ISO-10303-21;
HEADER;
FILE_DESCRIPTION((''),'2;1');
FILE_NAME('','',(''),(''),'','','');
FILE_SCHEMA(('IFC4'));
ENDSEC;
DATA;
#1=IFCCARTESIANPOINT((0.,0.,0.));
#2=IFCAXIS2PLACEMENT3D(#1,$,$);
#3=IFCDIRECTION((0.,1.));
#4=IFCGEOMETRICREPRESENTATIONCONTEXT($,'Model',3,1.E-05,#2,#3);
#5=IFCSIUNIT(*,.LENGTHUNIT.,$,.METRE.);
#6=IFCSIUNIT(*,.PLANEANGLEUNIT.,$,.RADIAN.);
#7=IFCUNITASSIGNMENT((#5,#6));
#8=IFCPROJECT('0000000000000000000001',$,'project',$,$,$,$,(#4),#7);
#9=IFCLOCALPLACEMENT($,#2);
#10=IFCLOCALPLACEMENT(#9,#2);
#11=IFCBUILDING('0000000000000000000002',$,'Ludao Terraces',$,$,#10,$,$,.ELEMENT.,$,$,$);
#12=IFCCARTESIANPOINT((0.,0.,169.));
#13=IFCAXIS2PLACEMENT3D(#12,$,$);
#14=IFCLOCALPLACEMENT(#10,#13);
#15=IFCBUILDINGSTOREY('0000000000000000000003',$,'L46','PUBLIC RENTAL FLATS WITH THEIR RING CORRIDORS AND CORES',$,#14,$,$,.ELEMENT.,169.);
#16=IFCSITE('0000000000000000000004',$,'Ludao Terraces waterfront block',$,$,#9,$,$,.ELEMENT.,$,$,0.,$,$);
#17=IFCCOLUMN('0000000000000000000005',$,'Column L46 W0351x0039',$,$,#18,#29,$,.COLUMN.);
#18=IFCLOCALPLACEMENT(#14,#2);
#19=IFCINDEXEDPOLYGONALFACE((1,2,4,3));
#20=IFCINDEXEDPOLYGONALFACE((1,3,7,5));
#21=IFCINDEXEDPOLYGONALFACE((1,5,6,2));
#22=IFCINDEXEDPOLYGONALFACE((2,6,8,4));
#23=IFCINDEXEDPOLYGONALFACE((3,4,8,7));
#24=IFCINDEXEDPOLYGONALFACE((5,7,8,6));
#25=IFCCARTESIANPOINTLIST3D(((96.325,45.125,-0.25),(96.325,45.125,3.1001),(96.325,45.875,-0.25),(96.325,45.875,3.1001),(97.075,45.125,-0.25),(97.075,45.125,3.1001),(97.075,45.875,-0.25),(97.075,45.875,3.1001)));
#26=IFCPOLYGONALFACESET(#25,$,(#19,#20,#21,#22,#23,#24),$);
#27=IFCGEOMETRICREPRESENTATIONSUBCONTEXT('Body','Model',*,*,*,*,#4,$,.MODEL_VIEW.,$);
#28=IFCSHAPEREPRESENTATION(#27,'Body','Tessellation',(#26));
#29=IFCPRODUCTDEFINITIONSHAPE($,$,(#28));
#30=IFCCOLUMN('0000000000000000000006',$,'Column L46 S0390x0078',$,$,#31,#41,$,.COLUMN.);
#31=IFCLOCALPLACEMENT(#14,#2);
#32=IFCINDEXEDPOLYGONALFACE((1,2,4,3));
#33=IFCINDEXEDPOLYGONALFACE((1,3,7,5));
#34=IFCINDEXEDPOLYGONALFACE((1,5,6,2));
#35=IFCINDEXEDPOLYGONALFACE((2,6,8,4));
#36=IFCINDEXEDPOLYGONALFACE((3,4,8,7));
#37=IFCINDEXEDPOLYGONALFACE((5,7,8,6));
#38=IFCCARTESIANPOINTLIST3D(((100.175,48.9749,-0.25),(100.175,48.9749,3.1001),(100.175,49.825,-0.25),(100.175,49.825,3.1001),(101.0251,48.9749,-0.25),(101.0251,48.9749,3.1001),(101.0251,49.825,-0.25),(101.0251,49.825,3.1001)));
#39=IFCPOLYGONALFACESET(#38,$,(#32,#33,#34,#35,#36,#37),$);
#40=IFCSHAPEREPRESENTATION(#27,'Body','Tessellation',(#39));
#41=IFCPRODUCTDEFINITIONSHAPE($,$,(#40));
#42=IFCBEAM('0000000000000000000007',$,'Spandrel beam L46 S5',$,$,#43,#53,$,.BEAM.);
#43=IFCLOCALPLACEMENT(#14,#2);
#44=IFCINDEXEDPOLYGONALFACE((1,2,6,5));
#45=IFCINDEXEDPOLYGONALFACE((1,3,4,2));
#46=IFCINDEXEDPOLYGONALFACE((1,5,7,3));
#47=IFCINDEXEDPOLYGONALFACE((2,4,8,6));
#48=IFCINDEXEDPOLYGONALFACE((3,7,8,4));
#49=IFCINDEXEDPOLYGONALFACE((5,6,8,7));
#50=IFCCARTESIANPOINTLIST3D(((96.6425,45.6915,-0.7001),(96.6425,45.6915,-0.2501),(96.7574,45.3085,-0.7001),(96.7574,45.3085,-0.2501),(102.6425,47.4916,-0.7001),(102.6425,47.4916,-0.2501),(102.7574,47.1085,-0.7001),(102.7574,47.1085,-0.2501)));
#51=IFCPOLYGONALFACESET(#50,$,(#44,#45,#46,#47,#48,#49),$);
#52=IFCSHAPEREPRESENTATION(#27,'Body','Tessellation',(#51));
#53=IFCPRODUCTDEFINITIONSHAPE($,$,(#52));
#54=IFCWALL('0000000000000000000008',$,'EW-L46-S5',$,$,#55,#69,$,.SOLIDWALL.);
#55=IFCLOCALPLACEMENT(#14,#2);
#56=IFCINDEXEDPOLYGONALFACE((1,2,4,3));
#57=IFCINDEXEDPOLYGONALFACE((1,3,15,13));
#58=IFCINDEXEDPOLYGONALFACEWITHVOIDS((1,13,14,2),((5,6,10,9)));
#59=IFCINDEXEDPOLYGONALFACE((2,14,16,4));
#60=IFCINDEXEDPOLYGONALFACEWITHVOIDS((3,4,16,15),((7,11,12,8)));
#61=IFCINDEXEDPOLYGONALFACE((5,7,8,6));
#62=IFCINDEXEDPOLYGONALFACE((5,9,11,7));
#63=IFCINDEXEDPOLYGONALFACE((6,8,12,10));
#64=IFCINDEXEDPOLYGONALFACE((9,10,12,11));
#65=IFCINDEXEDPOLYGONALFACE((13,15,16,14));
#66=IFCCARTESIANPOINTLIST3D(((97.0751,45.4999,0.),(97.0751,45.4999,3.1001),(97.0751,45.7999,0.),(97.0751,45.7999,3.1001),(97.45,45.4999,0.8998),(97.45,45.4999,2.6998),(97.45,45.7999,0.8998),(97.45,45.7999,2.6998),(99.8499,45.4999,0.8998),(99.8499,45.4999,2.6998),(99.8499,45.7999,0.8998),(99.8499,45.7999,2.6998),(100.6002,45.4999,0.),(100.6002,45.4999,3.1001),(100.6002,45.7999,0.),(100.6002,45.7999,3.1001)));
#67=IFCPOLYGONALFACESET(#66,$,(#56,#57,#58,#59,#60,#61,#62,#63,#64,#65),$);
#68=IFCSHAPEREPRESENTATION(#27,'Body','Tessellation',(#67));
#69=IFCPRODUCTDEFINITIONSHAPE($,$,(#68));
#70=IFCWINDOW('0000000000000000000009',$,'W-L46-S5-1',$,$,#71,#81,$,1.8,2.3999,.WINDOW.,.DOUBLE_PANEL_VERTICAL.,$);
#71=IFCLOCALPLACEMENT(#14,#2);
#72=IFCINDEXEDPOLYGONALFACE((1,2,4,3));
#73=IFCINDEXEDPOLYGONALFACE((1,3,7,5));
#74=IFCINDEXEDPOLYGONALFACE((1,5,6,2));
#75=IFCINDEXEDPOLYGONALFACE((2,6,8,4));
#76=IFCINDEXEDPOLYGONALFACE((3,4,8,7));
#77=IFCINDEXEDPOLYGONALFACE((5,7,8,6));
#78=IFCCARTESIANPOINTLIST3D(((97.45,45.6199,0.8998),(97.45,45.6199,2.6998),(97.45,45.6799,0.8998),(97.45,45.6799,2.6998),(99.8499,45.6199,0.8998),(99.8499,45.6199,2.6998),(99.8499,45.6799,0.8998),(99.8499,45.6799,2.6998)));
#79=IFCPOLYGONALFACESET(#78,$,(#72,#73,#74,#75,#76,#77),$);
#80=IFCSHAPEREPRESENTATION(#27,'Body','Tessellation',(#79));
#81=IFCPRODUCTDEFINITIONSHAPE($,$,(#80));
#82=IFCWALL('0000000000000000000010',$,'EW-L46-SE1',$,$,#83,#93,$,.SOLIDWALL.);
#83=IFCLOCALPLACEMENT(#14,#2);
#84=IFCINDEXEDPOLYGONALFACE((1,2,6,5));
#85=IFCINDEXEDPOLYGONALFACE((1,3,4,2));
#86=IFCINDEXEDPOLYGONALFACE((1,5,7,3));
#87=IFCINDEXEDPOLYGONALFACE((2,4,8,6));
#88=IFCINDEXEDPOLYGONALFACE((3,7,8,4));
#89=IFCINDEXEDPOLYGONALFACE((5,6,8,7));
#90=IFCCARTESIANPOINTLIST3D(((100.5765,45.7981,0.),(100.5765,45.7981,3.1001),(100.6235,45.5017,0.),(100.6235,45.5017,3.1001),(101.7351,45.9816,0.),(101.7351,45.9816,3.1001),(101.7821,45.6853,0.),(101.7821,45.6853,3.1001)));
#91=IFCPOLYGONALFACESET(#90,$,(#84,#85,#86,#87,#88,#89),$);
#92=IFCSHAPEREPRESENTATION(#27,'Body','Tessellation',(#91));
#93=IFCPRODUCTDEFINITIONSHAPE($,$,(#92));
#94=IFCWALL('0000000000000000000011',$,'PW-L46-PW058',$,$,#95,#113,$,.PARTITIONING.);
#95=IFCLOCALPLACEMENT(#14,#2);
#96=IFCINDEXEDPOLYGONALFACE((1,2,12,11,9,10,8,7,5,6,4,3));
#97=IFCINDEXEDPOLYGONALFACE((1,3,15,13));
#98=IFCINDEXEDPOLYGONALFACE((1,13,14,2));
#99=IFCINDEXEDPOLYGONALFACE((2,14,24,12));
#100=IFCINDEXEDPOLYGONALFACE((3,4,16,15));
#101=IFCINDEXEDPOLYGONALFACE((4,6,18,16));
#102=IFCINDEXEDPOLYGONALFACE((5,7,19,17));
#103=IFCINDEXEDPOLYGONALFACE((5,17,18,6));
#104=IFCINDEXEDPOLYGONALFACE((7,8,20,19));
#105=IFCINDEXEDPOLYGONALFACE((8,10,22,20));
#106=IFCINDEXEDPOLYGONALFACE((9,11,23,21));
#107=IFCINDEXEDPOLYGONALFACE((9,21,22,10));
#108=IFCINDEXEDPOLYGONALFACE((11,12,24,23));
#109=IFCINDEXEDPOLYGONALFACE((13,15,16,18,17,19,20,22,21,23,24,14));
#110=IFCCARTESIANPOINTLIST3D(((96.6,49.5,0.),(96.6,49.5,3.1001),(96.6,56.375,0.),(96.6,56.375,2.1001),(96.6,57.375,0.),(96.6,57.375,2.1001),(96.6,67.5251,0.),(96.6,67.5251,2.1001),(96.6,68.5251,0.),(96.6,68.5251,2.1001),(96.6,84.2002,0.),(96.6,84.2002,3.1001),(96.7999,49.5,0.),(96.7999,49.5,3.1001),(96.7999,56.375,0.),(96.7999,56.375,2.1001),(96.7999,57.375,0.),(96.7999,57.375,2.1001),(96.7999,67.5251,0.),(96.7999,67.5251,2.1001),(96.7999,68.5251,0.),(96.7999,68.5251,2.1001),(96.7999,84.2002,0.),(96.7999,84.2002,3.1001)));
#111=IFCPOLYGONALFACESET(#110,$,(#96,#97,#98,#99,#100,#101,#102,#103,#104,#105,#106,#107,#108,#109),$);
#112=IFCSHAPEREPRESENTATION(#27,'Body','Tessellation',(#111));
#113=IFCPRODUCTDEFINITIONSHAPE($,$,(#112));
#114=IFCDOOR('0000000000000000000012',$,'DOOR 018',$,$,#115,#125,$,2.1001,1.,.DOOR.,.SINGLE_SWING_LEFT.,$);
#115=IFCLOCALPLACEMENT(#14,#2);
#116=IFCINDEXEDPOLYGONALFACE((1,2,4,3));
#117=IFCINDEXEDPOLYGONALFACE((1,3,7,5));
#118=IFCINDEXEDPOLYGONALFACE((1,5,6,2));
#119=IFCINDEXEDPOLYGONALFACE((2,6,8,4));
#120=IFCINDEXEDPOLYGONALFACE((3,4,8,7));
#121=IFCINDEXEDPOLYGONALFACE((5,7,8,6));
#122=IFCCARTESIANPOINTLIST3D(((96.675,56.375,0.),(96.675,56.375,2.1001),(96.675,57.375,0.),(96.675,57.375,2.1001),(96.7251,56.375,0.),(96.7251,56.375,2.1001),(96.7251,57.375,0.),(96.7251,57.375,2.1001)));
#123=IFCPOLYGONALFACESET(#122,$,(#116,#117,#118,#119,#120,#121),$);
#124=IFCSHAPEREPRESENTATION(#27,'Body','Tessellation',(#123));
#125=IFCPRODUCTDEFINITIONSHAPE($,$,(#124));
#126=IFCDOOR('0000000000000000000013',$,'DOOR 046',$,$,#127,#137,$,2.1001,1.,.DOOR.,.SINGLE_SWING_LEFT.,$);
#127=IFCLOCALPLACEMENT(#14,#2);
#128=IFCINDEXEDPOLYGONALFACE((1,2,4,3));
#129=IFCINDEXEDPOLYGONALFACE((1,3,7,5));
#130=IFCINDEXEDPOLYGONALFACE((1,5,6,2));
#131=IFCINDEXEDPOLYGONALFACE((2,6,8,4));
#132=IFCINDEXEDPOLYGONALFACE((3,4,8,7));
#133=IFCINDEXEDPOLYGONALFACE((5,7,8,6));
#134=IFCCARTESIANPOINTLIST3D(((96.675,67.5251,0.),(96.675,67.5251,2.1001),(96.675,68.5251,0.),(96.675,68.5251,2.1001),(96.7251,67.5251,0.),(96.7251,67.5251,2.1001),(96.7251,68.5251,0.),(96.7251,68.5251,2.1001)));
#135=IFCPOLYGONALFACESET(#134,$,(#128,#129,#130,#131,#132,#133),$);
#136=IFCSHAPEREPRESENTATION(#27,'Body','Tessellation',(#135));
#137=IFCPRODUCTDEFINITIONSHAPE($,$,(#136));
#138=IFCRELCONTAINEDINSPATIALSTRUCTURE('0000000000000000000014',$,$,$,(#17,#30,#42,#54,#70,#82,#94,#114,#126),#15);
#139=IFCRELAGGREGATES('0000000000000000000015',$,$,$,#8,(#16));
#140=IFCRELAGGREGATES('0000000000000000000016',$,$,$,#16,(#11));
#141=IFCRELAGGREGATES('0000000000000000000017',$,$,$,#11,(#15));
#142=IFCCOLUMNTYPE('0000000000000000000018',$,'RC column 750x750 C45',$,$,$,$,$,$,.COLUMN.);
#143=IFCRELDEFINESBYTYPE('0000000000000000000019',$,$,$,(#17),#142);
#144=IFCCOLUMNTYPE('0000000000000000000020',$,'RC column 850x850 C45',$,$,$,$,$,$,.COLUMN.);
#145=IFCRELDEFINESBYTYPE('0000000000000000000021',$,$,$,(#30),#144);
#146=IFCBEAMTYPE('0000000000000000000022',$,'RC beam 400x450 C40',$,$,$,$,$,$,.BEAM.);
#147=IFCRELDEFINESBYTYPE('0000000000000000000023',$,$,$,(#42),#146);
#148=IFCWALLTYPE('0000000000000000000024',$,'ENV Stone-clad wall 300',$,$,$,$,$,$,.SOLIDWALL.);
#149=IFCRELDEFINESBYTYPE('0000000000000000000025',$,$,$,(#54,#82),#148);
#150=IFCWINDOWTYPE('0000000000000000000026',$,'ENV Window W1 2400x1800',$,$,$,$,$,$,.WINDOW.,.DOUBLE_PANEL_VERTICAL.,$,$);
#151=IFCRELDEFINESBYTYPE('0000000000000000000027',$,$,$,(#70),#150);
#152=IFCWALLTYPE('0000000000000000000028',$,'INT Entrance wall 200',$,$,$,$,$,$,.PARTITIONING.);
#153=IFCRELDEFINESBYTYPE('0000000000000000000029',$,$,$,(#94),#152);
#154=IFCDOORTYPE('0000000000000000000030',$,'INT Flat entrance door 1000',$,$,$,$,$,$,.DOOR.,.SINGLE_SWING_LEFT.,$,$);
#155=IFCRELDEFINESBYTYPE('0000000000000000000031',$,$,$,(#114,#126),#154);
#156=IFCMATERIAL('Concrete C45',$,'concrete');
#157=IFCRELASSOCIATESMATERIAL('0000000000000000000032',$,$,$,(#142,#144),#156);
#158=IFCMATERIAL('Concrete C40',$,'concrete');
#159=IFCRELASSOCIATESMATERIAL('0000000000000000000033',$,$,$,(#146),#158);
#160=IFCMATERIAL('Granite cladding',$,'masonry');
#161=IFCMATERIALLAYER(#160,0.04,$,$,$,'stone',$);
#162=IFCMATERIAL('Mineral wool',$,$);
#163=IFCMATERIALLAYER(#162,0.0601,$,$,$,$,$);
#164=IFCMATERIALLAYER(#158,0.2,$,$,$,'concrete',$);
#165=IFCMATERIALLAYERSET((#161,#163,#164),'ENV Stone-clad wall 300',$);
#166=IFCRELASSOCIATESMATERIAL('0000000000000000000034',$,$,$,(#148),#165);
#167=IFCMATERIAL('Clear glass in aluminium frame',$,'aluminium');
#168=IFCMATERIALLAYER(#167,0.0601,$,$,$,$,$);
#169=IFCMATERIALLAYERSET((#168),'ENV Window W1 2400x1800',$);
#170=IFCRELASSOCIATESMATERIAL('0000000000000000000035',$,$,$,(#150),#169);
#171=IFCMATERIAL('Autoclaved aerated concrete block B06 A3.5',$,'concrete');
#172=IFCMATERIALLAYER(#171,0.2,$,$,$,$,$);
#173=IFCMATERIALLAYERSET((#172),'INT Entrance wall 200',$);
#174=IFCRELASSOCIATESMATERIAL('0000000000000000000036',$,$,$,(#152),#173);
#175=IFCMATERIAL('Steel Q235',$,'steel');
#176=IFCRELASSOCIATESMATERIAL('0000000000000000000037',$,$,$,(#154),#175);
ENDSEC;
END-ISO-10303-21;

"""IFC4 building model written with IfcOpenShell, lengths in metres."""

from ifc_helpers import new_model, si_unit, direction, frame, frame_2d, origin, origin_2d, place, context, subcontext, project, spatial, rectangle, extrude, material, layer, layer_set, material_profile, profile_set, type_object, element, fill, save


model = new_model("IFC4")

# Units and contexts
model_context = context("Model", 3, precision=1e-05, world=origin(), true_north=direction((0.0, 1.0)))
body_context = subcontext(model_context, "Body", "Model", "MODEL_VIEW")
ifc_project = project(units=[si_unit("LENGTHUNIT", "METRE"), si_unit("PLANEANGLEUNIT", "RADIAN")], contexts=[model_context])

# Site, building, storey
site_placement = place(None, origin())
site = spatial("IfcSite", under=ifc_project, at=site_placement, Name="Ludao Terraces waterfront block", CompositionType="ELEMENT", RefElevation=0.0)
building_placement = place(site_placement, origin())
building = spatial("IfcBuilding", under=site, at=building_placement, Name="Ludao Terraces", CompositionType="ELEMENT")
storey_placement = place(building_placement, frame((0.0, 0.0, 169.0)))
storey = spatial("IfcBuildingStorey", under=building, at=storey_placement, Name="L46", Description="PUBLIC RENTAL FLATS WITH THEIR RING CORRIDORS AND CORES", CompositionType="ELEMENT", Elevation=169.0)

# Columns
ifc_material_1 = material(Name="Concrete C45", Category="concrete")
ifc_material_profile_1 = material_profile(ifc_material_1, rectangle(XDim=0.75, YDim=0.75, at=origin_2d()), Name="750 X 750")
ifc_profile_set_1 = profile_set([ifc_material_profile_1], Name="Concrete C45")
column_type_1 = type_object("IfcColumnType", Name="RC column 750x750 C45", PredefinedType="COLUMN", material=ifc_profile_set_1)
column_1_placement = place(storey_placement, frame((96.7, 45.5, -0.25), z_axis=(0.0, 0.0, 1.0), x_axis=(1.0, 0.0, 0.0)))
element("IfcColumn", 1, at=column_1_placement, inside=storey, type_object=column_type_1, Name="Column L46 W0351x0039", PredefinedType="COLUMN", context=body_context, shape_type="SweptSolid", body=[
    extrude(rectangle(XDim=0.75, YDim=0.75, at=origin_2d()), origin(), (0.0, 0.0, 1.0), 3.3501),
])
ifc_material_profile_2 = material_profile(ifc_material_1, rectangle(XDim=0.8501, YDim=0.8501, at=origin_2d()), Name="850 X 850")
ifc_profile_set_2 = profile_set([ifc_material_profile_2], Name="Concrete C45")
column_type_2 = type_object("IfcColumnType", Name="RC column 850x850 C45", PredefinedType="COLUMN", material=ifc_profile_set_2)
column_2_placement = place(storey_placement, frame((100.6001, 49.3999, -0.25), z_axis=(0.0, 0.0, 1.0), x_axis=(1.0, 0.0, 0.0)))
element("IfcColumn", 2, at=column_2_placement, inside=storey, type_object=column_type_2, Name="Column L46 S0390x0078", PredefinedType="COLUMN", context=body_context, shape_type="SweptSolid", body=[
    extrude(rectangle(XDim=0.8501, YDim=0.8501, at=origin_2d()), origin(), (0.0, 0.0, 1.0), 3.3501),
])

# Beam
ifc_material_2 = material(Name="Concrete C40", Category="concrete")
ifc_material_profile_3 = material_profile(ifc_material_2, rectangle(XDim=0.3999, YDim=0.45, at=origin_2d()), Name="400 X 450")
ifc_profile_set_3 = profile_set([ifc_material_profile_3], Name="Concrete C40")
beam_type = type_object("IfcBeamType", Name="RC beam 400x450 C40", PredefinedType="BEAM", material=ifc_profile_set_3)
beam_placement = place(storey_placement, frame((96.7, 45.5, -0.4751), z_axis=(0.957824, 0.287355, 0.0), x_axis=(-0.287355, 0.957824, 0.0)))
element("IfcBeam", 3, at=beam_placement, inside=storey, type_object=beam_type, Name="Spandrel beam L46 S5", PredefinedType="BEAM", context=body_context, shape_type="SweptSolid", body=[
    extrude(rectangle(XDim=0.3999, YDim=0.45, at=origin_2d()), origin(), (0.0, 0.0, 1.0), 6.2642),
])

# Wall, opening, window
ifc_material_3 = material(Name="Granite cladding", Category="masonry")
ifc_layer_1 = layer(ifc_material_3, 0.04, Category="stone")
ifc_material_4 = material(Name="Mineral wool")
ifc_layer_2 = layer(ifc_material_4, 0.0601)
ifc_layer_3 = layer(ifc_material_2, 0.2, Category="concrete")
ifc_layer_set_1 = layer_set([ifc_layer_1, ifc_layer_2, ifc_layer_3], Name="ENV Stone-clad wall 300")
wall_type_1 = type_object("IfcWallType", Name="ENV Stone-clad wall 300", PredefinedType="SOLIDWALL", material=ifc_layer_set_1)
wall_1_placement = place(storey_placement, frame((97.075, 45.6499, 0.0), z_axis=(0.0, 0.0, 1.0), x_axis=(1.0, 0.0, 0.0)))
wall_1 = element("IfcWall", 4, at=wall_1_placement, inside=storey, type_object=wall_type_1, Name="EW-L46-S5", PredefinedType="SOLIDWALL", context=body_context, shape_type="SweptSolid", body=[
    extrude(rectangle(XDim=3.5251, YDim=0.3, at=frame_2d((1.7627, 0.0))), origin(), (0.0, 0.0, 1.0), 3.1001),
])
opening_1_placement = place(wall_1_placement, frame((0.375, 0.0, 0.8999)))
opening_1 = element("IfcOpeningElement", 5, at=opening_1_placement, cuts=wall_1, PredefinedType="OPENING", context=body_context, shape_type="SweptSolid", body=[
    extrude(rectangle(XDim=2.3999, YDim=1.8, at=frame_2d((1.2, 0.8999))), frame((0.0, 0.1602, 0.0), z_axis=(0.0, -1.0, 0.0), x_axis=(1.0, 0.0, 0.0)), (0.0, 0.0, 1.0), 0.3201),
])
ifc_material_5 = material(Name="Clear glass in aluminium frame", Category="aluminium")
ifc_layer_4 = layer(ifc_material_5, 0.0601)
ifc_layer_set_2 = layer_set([ifc_layer_4], Name="ENV Window W1 2400x1800")
window_type = type_object("IfcWindowType", Name="ENV Window W1 2400x1800", PartitioningType="DOUBLE_PANEL_VERTICAL", PredefinedType="WINDOW", material=ifc_layer_set_2)
window_placement = place(opening_1_placement, origin())
window = element("IfcWindow", 6, at=window_placement, inside=storey, type_object=window_type, Name="W-L46-S5-1", OverallHeight=1.8, OverallWidth=2.3999, PartitioningType="DOUBLE_PANEL_VERTICAL", PredefinedType="WINDOW", context=body_context, shape_type="SweptSolid", body=[
    extrude(rectangle(XDim=2.3999, YDim=1.8, at=frame_2d((1.2, 0.8999))), frame((0.0, 0.03, 0.0), z_axis=(0.0, -1.0, 0.0), x_axis=(1.0, 0.0, 0.0)), (0.0, 0.0, 1.0), 0.0601),
])
fill(opening_1, window)

# Wall
wall_2_placement = place(storey_placement, frame((100.6001, 45.6499, 0.0), z_axis=(0.0, 0.0, 1.0), x_axis=(0.987678, 0.156497, 0.0)))
element("IfcWall", 7, at=wall_2_placement, inside=storey, type_object=wall_type_1, Name="EW-L46-SE1", PredefinedType="SOLIDWALL", context=body_context, shape_type="SweptSolid", body=[
    extrude(rectangle(XDim=1.1731, YDim=0.3, at=frame_2d((0.5864, 0.0))), origin(), (0.0, 0.0, 1.0), 3.1001),
])

# Wall, openings, doors
ifc_material_6 = material(Name="Autoclaved aerated concrete block B06 A3.5", Category="concrete")
ifc_layer_5 = layer(ifc_material_6, 0.2)
ifc_layer_set_3 = layer_set([ifc_layer_5], Name="INT Entrance wall 200")
wall_type_2 = type_object("IfcWallType", Name="INT Entrance wall 200", PredefinedType="PARTITIONING", material=ifc_layer_set_3)
wall_3_placement = place(storey_placement, frame((96.7, 49.5, 0.0), z_axis=(0.0, 0.0, 1.0), x_axis=(0.0, 1.0, 0.0)))
wall_3 = element("IfcWall", 8, at=wall_3_placement, inside=storey, type_object=wall_type_2, Name="PW-L46-PW058", PredefinedType="PARTITIONING", context=body_context, shape_type="SweptSolid", body=[
    extrude(rectangle(XDim=34.7002, YDim=0.2, at=frame_2d((17.3501, 0.0))), origin(), (0.0, 0.0, 1.0), 3.1001),
])
opening_2_placement = place(wall_3_placement, frame((6.875, 0.0, 0.0)))
opening_2 = element("IfcOpeningElement", 9, at=opening_2_placement, cuts=wall_3, PredefinedType="OPENING", context=body_context, shape_type="SweptSolid", body=[
    extrude(rectangle(XDim=1.0, YDim=2.1001, at=frame_2d((0.5, 1.05))), frame((0.0, 0.1099, 0.0), z_axis=(0.0, -1.0, 0.0), x_axis=(1.0, 0.0, 0.0)), (0.0, 0.0, 1.0), 0.22),
])
opening_3_placement = place(wall_3_placement, frame((18.0251, 0.0, 0.0)))
opening_3 = element("IfcOpeningElement", 10, at=opening_3_placement, cuts=wall_3, PredefinedType="OPENING", context=body_context, shape_type="SweptSolid", body=[
    extrude(rectangle(XDim=1.0, YDim=2.1001, at=frame_2d((0.5, 1.05))), frame((0.0, 0.1099, 0.0), z_axis=(0.0, -1.0, 0.0), x_axis=(1.0, 0.0, 0.0)), (0.0, 0.0, 1.0), 0.22),
])
ifc_material_7 = material(Name="Steel Q235", Category="steel")
door_type_1 = type_object("IfcDoorType", Name="INT Flat entrance door 1000", OperationType="SINGLE_SWING_LEFT", PredefinedType="DOOR", material=ifc_material_7)
door_1_placement = place(opening_2_placement, origin())
door_1 = element("IfcDoor", 11, at=door_1_placement, inside=storey, type_object=door_type_1, Name="DOOR 018", OperationType="SINGLE_SWING_LEFT", OverallHeight=2.1001, OverallWidth=1.0, PredefinedType="DOOR", context=body_context, shape_type="SweptSolid", body=[
    extrude(rectangle(XDim=1.0, YDim=2.1001, at=frame_2d((0.5, 1.05))), frame((0.0, 0.0249, 0.0), z_axis=(0.0, -1.0, 0.0), x_axis=(1.0, 0.0, 0.0)), (0.0, 0.0, 1.0), 0.05),
])
fill(opening_2, door_1)
door_2_placement = place(opening_3_placement, origin())
door_2 = element("IfcDoor", 12, at=door_2_placement, inside=storey, type_object=door_type_1, Name="DOOR 046", OperationType="SINGLE_SWING_LEFT", OverallHeight=2.1001, OverallWidth=1.0, PredefinedType="DOOR", context=body_context, shape_type="SweptSolid", body=[
    extrude(rectangle(XDim=1.0, YDim=2.1001, at=frame_2d((0.5, 1.05))), frame((0.0, 0.0249, 0.0), z_axis=(0.0, -1.0, 0.0), x_axis=(1.0, 0.0, 0.0)), (0.0, 0.0, 1.0), 0.05),
])
fill(opening_3, door_2)

save(model, "model.ifc")
